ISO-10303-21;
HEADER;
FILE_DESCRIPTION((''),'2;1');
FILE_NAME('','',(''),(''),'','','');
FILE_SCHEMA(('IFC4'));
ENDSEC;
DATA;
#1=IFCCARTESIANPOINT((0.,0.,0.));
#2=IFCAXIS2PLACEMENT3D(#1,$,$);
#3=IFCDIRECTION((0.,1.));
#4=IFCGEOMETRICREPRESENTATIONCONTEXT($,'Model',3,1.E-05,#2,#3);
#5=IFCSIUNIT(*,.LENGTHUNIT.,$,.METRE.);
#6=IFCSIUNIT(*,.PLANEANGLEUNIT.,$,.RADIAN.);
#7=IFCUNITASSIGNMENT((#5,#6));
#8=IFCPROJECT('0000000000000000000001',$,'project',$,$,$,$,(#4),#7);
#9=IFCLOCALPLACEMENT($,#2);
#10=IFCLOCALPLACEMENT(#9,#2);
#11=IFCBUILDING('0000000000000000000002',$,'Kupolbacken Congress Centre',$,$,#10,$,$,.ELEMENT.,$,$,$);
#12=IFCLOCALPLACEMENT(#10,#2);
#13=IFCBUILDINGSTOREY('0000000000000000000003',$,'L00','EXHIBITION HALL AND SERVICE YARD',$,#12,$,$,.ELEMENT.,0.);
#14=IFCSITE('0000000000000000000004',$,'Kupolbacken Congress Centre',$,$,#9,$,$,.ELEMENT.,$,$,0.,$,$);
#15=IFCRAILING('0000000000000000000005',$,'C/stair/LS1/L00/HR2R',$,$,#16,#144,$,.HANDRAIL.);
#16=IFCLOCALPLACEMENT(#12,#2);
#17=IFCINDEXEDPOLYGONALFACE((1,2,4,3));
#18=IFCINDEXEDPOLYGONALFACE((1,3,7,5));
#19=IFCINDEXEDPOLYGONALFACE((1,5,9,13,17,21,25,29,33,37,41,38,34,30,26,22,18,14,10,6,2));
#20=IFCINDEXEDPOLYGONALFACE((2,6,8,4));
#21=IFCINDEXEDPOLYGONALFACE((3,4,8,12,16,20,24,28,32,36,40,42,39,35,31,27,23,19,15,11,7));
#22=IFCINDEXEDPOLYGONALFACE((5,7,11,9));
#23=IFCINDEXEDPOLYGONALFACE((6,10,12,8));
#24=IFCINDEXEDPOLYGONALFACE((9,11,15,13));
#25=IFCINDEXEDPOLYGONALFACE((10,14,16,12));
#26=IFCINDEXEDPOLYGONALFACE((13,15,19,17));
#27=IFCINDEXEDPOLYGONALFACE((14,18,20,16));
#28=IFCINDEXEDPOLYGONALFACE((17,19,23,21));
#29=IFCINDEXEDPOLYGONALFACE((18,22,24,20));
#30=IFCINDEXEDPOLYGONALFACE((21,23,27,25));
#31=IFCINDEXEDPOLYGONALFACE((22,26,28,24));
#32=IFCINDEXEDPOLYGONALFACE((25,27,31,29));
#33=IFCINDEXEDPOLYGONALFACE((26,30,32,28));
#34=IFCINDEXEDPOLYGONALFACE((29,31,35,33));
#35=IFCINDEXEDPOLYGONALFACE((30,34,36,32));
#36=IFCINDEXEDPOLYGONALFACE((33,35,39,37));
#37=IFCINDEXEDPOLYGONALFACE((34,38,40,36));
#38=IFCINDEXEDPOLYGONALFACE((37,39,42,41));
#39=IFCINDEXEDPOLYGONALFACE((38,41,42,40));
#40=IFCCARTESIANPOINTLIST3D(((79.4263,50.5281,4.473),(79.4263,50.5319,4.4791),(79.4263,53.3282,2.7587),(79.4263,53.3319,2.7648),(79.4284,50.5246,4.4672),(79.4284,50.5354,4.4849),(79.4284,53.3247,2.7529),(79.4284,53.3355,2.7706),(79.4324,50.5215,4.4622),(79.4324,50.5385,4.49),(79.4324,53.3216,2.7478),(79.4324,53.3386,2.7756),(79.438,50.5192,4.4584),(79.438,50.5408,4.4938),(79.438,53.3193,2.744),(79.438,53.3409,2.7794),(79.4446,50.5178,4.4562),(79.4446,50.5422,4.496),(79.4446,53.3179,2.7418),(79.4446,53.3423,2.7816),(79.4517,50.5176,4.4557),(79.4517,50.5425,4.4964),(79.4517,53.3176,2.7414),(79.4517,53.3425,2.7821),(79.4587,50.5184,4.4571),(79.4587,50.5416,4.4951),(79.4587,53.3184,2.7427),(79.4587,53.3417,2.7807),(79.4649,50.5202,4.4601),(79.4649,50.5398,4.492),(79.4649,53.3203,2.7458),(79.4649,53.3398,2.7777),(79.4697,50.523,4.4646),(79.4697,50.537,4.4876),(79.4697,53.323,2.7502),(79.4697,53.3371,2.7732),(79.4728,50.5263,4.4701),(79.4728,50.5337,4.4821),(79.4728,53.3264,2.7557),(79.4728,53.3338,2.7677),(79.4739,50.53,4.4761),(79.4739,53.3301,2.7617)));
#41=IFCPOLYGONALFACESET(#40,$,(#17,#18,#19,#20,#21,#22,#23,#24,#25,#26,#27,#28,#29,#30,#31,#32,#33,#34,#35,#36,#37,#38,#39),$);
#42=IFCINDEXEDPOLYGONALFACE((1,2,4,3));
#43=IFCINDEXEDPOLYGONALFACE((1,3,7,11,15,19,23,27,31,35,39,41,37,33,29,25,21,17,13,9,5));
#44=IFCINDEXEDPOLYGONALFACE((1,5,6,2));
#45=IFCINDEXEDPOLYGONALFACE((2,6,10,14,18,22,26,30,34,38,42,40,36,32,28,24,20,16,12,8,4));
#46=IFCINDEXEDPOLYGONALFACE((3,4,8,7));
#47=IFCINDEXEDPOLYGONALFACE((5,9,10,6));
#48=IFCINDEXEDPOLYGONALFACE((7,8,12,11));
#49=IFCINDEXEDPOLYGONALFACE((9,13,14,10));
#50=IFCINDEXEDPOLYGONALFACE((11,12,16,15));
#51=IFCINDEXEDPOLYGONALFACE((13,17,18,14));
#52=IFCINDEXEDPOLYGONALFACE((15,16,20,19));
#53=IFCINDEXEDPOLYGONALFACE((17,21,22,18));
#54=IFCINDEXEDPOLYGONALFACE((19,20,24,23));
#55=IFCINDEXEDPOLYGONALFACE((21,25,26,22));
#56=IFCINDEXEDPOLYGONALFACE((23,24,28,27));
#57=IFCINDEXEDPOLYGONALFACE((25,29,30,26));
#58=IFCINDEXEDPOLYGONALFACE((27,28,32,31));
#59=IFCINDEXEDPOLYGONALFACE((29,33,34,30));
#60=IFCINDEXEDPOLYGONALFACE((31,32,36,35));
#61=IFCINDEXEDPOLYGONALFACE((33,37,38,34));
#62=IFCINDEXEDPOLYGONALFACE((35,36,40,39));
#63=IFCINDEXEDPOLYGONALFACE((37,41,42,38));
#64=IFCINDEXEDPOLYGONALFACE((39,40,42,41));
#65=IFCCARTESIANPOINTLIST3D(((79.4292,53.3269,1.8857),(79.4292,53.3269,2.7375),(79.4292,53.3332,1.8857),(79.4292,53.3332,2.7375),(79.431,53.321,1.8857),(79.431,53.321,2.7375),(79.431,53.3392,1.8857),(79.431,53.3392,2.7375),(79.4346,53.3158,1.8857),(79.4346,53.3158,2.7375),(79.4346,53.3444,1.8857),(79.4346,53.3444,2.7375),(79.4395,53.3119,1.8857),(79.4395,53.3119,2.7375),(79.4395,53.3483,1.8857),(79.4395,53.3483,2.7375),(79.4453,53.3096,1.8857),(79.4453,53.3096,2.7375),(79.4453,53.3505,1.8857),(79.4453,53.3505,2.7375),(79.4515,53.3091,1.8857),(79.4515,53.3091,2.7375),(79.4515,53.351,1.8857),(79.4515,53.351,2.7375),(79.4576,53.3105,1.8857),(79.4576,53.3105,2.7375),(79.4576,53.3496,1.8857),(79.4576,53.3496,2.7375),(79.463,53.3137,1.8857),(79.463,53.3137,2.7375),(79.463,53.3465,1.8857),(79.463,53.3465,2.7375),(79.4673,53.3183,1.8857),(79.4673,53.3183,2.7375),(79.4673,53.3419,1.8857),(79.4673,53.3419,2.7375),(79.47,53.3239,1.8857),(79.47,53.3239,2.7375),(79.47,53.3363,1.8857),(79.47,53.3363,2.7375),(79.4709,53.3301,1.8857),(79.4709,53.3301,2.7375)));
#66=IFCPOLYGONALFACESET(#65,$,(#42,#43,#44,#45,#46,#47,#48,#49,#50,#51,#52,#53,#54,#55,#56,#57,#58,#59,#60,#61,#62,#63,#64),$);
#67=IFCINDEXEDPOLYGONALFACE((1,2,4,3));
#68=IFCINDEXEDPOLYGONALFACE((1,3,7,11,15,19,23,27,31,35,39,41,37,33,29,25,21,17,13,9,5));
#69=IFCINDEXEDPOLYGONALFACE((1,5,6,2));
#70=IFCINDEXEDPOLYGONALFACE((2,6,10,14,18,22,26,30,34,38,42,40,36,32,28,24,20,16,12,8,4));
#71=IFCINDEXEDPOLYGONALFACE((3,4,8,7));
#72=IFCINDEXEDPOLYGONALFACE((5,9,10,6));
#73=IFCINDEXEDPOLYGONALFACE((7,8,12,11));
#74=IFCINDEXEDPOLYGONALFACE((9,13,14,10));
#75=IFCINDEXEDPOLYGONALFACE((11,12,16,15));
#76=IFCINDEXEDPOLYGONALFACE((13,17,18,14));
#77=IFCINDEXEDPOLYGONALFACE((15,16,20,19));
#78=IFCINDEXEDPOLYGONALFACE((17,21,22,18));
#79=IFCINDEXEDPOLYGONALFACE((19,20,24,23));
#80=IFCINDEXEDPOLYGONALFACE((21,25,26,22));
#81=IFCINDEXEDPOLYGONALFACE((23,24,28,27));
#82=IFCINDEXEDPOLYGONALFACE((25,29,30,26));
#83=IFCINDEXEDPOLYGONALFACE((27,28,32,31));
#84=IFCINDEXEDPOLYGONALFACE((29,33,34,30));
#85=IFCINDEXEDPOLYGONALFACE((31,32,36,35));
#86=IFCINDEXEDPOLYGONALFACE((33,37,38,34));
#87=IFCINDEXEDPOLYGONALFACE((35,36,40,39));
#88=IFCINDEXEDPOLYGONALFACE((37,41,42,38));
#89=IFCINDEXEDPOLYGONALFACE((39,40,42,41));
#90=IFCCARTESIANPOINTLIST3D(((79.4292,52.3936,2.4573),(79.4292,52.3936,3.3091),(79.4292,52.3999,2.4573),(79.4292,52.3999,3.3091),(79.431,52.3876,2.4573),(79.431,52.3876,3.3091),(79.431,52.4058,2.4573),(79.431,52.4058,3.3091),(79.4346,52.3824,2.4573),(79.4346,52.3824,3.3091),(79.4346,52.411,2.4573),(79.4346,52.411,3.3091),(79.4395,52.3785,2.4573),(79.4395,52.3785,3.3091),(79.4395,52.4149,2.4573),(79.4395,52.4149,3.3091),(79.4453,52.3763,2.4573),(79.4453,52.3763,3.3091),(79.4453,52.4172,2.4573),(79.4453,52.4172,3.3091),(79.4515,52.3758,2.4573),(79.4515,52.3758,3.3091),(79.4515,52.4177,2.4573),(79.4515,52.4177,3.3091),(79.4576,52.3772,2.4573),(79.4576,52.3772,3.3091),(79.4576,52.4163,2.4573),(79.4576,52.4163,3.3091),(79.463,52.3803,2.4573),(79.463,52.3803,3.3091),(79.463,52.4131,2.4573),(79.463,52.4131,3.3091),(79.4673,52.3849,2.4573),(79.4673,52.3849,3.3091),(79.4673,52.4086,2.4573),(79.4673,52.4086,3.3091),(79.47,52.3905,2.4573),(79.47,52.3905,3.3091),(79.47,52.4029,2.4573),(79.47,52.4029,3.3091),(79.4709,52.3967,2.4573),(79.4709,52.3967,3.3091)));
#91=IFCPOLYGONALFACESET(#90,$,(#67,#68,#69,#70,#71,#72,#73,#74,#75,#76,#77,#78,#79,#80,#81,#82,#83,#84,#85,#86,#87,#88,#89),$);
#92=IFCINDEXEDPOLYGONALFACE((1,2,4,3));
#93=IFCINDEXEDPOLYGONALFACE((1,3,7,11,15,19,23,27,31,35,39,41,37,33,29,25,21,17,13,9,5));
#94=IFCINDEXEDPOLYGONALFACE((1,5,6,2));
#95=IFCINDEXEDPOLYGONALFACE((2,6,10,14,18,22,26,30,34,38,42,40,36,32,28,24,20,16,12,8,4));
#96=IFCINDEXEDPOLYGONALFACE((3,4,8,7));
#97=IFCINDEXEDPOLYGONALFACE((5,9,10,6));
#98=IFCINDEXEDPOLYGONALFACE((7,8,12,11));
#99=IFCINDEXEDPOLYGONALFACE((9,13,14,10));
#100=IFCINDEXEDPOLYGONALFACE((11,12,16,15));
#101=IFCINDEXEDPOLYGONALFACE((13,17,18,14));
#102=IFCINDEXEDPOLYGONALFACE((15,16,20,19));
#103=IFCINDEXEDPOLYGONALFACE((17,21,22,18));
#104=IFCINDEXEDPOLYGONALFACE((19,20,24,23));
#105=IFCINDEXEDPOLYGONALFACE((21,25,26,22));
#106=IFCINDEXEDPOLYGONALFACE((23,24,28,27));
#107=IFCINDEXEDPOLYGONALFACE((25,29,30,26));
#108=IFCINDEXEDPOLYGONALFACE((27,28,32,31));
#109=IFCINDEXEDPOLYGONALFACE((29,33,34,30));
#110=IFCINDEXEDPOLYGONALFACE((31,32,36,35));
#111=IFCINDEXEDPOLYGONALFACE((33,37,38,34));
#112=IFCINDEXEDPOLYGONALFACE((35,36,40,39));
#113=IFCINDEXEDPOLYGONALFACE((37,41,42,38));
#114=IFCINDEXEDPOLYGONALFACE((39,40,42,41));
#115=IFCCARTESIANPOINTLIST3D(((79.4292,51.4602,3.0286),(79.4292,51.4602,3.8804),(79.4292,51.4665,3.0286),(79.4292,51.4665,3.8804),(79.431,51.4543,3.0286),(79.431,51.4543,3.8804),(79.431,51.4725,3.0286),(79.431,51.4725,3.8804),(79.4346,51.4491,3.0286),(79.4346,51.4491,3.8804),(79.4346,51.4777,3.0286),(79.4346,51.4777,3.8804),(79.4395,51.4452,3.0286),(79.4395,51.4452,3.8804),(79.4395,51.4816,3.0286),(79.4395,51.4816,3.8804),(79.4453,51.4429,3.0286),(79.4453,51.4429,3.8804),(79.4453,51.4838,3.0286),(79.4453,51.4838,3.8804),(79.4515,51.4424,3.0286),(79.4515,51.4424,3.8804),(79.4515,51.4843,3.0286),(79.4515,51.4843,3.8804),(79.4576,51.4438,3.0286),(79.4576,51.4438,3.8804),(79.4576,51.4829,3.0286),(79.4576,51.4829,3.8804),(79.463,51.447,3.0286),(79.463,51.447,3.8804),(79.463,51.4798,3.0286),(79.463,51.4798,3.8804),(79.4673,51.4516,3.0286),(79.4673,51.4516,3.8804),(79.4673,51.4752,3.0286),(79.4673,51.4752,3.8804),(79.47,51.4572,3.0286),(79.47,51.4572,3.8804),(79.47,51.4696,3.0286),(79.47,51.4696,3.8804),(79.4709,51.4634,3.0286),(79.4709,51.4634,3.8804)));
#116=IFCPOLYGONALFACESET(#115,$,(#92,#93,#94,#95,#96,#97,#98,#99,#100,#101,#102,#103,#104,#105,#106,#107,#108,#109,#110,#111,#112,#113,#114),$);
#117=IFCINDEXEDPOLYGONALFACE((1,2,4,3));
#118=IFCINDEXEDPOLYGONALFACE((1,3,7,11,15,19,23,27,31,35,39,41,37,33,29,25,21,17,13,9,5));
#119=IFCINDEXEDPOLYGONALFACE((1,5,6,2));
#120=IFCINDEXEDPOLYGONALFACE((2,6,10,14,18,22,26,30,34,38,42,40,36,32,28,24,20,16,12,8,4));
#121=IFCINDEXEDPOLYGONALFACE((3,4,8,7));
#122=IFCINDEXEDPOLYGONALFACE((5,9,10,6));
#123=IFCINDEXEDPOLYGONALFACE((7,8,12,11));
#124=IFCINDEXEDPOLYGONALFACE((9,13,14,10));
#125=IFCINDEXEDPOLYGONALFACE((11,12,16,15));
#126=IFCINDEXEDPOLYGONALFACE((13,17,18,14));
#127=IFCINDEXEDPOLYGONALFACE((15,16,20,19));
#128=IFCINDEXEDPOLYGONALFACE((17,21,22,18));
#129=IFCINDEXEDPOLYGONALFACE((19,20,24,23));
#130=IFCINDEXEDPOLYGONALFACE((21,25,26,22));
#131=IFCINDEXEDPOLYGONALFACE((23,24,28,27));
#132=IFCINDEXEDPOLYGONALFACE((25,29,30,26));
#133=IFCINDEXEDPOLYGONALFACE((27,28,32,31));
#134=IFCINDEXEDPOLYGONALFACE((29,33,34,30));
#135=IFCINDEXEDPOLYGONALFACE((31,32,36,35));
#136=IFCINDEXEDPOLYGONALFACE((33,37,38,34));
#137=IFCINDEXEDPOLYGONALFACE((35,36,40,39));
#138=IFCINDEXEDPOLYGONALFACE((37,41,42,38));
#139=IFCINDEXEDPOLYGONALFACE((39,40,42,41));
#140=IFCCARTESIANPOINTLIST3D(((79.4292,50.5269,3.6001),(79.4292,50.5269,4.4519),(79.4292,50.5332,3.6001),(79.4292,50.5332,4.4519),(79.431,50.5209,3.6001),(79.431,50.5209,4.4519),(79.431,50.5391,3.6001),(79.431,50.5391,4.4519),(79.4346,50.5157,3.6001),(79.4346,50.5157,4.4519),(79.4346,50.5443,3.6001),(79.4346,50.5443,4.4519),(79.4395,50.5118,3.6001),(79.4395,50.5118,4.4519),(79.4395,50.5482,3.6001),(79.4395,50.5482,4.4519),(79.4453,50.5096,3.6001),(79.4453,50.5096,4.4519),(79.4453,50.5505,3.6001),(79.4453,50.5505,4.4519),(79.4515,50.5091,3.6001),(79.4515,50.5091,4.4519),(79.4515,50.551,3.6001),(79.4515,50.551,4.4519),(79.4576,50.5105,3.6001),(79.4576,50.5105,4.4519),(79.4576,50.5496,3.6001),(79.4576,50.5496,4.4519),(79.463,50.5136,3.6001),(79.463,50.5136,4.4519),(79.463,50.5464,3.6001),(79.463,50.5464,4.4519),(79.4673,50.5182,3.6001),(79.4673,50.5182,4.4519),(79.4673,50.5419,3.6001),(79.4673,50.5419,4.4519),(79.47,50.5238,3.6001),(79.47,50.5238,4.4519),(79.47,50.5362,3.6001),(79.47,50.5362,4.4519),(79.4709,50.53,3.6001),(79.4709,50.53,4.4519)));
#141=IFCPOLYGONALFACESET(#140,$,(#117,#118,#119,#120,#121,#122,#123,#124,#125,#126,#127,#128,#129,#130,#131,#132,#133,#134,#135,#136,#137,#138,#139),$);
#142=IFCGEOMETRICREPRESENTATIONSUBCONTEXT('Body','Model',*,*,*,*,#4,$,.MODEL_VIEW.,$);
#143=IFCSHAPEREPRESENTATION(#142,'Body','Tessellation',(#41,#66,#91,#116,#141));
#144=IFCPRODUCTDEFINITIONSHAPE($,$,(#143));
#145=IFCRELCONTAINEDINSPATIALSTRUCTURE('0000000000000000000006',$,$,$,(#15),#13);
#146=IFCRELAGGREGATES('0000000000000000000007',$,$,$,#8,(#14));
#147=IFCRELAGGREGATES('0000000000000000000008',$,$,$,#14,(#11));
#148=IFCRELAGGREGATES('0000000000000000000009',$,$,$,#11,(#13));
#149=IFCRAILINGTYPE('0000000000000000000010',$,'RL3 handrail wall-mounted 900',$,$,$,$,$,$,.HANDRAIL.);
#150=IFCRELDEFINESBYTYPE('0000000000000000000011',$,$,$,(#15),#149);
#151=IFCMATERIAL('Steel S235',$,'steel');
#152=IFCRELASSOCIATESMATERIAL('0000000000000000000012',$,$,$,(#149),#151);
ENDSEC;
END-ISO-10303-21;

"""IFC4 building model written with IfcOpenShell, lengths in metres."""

from ifc_helpers import new_model, si_unit, direction, frame, origin, origin_2d, place, context, subcontext, project, spatial, circle, extrude, material, type_object, element, save


model = new_model("IFC4")

# Units and contexts
model_context = context("Model", 3, precision=1e-05, world=origin(), true_north=direction((0.0, 1.0)))
body_context = subcontext(model_context, "Body", "Model", "MODEL_VIEW")
ifc_project = project(units=[si_unit("LENGTHUNIT", "METRE"), si_unit("PLANEANGLEUNIT", "RADIAN")], contexts=[model_context])

# Site, building, storey
site_placement = place(None, origin())
site = spatial("IfcSite", under=ifc_project, at=site_placement, Name="Kupolbacken Congress Centre", CompositionType="ELEMENT", RefElevation=0.0)
building_placement = place(site_placement, origin())
building = spatial("IfcBuilding", under=site, at=building_placement, Name="Kupolbacken Congress Centre", CompositionType="ELEMENT")
storey_placement = place(building_placement, origin())
storey = spatial("IfcBuildingStorey", under=building, at=storey_placement, Name="L00", Description="EXHIBITION HALL AND SERVICE YARD", CompositionType="ELEMENT", Elevation=0.0)

# Railing
ifc_material_1 = material(Name="Steel S235", Category="steel")
railing_type = type_object("IfcRailingType", Name="RL3 handrail wall-mounted 900", PredefinedType="HANDRAIL", material=ifc_material_1)
for number, where, name in (
    (1, (79.45, 53.3301, 1.8857), "C/stair/LS1/L00/HR2R"),
):
    element("IfcRailing", number, at=place(storey_placement, frame(where)), inside=storey, type_object=railing_type, Name=name, PredefinedType="HANDRAIL", context=body_context, shape_type="SweptSolid", body=[
        extrude(circle(Radius=0.0239, at=origin_2d()), frame((0.0, 0.0, 0.876), z_axis=(0.0, -0.852846, 0.522163), x_axis=(1.0, 0.0, 0.0)), (0.0, 0.0, 1.0), 3.2832),
        extrude(circle(Radius=0.021, at=origin_2d()), origin(), (0.0, 0.0, 1.0), 0.8518),
        extrude(circle(Radius=0.021, at=origin_2d()), frame((0.0, -0.9333, 0.5715)), (0.0, 0.0, 1.0), 0.8518),
        extrude(circle(Radius=0.021, at=origin_2d()), frame((0.0, -1.8667, 1.1428)), (0.0, 0.0, 1.0), 0.8518),
        extrude(circle(Radius=0.021, at=origin_2d()), frame((0.0, -2.8, 1.7144)), (0.0, 0.0, 1.0), 0.8518),
    ])

save(model, "model.ifc")
